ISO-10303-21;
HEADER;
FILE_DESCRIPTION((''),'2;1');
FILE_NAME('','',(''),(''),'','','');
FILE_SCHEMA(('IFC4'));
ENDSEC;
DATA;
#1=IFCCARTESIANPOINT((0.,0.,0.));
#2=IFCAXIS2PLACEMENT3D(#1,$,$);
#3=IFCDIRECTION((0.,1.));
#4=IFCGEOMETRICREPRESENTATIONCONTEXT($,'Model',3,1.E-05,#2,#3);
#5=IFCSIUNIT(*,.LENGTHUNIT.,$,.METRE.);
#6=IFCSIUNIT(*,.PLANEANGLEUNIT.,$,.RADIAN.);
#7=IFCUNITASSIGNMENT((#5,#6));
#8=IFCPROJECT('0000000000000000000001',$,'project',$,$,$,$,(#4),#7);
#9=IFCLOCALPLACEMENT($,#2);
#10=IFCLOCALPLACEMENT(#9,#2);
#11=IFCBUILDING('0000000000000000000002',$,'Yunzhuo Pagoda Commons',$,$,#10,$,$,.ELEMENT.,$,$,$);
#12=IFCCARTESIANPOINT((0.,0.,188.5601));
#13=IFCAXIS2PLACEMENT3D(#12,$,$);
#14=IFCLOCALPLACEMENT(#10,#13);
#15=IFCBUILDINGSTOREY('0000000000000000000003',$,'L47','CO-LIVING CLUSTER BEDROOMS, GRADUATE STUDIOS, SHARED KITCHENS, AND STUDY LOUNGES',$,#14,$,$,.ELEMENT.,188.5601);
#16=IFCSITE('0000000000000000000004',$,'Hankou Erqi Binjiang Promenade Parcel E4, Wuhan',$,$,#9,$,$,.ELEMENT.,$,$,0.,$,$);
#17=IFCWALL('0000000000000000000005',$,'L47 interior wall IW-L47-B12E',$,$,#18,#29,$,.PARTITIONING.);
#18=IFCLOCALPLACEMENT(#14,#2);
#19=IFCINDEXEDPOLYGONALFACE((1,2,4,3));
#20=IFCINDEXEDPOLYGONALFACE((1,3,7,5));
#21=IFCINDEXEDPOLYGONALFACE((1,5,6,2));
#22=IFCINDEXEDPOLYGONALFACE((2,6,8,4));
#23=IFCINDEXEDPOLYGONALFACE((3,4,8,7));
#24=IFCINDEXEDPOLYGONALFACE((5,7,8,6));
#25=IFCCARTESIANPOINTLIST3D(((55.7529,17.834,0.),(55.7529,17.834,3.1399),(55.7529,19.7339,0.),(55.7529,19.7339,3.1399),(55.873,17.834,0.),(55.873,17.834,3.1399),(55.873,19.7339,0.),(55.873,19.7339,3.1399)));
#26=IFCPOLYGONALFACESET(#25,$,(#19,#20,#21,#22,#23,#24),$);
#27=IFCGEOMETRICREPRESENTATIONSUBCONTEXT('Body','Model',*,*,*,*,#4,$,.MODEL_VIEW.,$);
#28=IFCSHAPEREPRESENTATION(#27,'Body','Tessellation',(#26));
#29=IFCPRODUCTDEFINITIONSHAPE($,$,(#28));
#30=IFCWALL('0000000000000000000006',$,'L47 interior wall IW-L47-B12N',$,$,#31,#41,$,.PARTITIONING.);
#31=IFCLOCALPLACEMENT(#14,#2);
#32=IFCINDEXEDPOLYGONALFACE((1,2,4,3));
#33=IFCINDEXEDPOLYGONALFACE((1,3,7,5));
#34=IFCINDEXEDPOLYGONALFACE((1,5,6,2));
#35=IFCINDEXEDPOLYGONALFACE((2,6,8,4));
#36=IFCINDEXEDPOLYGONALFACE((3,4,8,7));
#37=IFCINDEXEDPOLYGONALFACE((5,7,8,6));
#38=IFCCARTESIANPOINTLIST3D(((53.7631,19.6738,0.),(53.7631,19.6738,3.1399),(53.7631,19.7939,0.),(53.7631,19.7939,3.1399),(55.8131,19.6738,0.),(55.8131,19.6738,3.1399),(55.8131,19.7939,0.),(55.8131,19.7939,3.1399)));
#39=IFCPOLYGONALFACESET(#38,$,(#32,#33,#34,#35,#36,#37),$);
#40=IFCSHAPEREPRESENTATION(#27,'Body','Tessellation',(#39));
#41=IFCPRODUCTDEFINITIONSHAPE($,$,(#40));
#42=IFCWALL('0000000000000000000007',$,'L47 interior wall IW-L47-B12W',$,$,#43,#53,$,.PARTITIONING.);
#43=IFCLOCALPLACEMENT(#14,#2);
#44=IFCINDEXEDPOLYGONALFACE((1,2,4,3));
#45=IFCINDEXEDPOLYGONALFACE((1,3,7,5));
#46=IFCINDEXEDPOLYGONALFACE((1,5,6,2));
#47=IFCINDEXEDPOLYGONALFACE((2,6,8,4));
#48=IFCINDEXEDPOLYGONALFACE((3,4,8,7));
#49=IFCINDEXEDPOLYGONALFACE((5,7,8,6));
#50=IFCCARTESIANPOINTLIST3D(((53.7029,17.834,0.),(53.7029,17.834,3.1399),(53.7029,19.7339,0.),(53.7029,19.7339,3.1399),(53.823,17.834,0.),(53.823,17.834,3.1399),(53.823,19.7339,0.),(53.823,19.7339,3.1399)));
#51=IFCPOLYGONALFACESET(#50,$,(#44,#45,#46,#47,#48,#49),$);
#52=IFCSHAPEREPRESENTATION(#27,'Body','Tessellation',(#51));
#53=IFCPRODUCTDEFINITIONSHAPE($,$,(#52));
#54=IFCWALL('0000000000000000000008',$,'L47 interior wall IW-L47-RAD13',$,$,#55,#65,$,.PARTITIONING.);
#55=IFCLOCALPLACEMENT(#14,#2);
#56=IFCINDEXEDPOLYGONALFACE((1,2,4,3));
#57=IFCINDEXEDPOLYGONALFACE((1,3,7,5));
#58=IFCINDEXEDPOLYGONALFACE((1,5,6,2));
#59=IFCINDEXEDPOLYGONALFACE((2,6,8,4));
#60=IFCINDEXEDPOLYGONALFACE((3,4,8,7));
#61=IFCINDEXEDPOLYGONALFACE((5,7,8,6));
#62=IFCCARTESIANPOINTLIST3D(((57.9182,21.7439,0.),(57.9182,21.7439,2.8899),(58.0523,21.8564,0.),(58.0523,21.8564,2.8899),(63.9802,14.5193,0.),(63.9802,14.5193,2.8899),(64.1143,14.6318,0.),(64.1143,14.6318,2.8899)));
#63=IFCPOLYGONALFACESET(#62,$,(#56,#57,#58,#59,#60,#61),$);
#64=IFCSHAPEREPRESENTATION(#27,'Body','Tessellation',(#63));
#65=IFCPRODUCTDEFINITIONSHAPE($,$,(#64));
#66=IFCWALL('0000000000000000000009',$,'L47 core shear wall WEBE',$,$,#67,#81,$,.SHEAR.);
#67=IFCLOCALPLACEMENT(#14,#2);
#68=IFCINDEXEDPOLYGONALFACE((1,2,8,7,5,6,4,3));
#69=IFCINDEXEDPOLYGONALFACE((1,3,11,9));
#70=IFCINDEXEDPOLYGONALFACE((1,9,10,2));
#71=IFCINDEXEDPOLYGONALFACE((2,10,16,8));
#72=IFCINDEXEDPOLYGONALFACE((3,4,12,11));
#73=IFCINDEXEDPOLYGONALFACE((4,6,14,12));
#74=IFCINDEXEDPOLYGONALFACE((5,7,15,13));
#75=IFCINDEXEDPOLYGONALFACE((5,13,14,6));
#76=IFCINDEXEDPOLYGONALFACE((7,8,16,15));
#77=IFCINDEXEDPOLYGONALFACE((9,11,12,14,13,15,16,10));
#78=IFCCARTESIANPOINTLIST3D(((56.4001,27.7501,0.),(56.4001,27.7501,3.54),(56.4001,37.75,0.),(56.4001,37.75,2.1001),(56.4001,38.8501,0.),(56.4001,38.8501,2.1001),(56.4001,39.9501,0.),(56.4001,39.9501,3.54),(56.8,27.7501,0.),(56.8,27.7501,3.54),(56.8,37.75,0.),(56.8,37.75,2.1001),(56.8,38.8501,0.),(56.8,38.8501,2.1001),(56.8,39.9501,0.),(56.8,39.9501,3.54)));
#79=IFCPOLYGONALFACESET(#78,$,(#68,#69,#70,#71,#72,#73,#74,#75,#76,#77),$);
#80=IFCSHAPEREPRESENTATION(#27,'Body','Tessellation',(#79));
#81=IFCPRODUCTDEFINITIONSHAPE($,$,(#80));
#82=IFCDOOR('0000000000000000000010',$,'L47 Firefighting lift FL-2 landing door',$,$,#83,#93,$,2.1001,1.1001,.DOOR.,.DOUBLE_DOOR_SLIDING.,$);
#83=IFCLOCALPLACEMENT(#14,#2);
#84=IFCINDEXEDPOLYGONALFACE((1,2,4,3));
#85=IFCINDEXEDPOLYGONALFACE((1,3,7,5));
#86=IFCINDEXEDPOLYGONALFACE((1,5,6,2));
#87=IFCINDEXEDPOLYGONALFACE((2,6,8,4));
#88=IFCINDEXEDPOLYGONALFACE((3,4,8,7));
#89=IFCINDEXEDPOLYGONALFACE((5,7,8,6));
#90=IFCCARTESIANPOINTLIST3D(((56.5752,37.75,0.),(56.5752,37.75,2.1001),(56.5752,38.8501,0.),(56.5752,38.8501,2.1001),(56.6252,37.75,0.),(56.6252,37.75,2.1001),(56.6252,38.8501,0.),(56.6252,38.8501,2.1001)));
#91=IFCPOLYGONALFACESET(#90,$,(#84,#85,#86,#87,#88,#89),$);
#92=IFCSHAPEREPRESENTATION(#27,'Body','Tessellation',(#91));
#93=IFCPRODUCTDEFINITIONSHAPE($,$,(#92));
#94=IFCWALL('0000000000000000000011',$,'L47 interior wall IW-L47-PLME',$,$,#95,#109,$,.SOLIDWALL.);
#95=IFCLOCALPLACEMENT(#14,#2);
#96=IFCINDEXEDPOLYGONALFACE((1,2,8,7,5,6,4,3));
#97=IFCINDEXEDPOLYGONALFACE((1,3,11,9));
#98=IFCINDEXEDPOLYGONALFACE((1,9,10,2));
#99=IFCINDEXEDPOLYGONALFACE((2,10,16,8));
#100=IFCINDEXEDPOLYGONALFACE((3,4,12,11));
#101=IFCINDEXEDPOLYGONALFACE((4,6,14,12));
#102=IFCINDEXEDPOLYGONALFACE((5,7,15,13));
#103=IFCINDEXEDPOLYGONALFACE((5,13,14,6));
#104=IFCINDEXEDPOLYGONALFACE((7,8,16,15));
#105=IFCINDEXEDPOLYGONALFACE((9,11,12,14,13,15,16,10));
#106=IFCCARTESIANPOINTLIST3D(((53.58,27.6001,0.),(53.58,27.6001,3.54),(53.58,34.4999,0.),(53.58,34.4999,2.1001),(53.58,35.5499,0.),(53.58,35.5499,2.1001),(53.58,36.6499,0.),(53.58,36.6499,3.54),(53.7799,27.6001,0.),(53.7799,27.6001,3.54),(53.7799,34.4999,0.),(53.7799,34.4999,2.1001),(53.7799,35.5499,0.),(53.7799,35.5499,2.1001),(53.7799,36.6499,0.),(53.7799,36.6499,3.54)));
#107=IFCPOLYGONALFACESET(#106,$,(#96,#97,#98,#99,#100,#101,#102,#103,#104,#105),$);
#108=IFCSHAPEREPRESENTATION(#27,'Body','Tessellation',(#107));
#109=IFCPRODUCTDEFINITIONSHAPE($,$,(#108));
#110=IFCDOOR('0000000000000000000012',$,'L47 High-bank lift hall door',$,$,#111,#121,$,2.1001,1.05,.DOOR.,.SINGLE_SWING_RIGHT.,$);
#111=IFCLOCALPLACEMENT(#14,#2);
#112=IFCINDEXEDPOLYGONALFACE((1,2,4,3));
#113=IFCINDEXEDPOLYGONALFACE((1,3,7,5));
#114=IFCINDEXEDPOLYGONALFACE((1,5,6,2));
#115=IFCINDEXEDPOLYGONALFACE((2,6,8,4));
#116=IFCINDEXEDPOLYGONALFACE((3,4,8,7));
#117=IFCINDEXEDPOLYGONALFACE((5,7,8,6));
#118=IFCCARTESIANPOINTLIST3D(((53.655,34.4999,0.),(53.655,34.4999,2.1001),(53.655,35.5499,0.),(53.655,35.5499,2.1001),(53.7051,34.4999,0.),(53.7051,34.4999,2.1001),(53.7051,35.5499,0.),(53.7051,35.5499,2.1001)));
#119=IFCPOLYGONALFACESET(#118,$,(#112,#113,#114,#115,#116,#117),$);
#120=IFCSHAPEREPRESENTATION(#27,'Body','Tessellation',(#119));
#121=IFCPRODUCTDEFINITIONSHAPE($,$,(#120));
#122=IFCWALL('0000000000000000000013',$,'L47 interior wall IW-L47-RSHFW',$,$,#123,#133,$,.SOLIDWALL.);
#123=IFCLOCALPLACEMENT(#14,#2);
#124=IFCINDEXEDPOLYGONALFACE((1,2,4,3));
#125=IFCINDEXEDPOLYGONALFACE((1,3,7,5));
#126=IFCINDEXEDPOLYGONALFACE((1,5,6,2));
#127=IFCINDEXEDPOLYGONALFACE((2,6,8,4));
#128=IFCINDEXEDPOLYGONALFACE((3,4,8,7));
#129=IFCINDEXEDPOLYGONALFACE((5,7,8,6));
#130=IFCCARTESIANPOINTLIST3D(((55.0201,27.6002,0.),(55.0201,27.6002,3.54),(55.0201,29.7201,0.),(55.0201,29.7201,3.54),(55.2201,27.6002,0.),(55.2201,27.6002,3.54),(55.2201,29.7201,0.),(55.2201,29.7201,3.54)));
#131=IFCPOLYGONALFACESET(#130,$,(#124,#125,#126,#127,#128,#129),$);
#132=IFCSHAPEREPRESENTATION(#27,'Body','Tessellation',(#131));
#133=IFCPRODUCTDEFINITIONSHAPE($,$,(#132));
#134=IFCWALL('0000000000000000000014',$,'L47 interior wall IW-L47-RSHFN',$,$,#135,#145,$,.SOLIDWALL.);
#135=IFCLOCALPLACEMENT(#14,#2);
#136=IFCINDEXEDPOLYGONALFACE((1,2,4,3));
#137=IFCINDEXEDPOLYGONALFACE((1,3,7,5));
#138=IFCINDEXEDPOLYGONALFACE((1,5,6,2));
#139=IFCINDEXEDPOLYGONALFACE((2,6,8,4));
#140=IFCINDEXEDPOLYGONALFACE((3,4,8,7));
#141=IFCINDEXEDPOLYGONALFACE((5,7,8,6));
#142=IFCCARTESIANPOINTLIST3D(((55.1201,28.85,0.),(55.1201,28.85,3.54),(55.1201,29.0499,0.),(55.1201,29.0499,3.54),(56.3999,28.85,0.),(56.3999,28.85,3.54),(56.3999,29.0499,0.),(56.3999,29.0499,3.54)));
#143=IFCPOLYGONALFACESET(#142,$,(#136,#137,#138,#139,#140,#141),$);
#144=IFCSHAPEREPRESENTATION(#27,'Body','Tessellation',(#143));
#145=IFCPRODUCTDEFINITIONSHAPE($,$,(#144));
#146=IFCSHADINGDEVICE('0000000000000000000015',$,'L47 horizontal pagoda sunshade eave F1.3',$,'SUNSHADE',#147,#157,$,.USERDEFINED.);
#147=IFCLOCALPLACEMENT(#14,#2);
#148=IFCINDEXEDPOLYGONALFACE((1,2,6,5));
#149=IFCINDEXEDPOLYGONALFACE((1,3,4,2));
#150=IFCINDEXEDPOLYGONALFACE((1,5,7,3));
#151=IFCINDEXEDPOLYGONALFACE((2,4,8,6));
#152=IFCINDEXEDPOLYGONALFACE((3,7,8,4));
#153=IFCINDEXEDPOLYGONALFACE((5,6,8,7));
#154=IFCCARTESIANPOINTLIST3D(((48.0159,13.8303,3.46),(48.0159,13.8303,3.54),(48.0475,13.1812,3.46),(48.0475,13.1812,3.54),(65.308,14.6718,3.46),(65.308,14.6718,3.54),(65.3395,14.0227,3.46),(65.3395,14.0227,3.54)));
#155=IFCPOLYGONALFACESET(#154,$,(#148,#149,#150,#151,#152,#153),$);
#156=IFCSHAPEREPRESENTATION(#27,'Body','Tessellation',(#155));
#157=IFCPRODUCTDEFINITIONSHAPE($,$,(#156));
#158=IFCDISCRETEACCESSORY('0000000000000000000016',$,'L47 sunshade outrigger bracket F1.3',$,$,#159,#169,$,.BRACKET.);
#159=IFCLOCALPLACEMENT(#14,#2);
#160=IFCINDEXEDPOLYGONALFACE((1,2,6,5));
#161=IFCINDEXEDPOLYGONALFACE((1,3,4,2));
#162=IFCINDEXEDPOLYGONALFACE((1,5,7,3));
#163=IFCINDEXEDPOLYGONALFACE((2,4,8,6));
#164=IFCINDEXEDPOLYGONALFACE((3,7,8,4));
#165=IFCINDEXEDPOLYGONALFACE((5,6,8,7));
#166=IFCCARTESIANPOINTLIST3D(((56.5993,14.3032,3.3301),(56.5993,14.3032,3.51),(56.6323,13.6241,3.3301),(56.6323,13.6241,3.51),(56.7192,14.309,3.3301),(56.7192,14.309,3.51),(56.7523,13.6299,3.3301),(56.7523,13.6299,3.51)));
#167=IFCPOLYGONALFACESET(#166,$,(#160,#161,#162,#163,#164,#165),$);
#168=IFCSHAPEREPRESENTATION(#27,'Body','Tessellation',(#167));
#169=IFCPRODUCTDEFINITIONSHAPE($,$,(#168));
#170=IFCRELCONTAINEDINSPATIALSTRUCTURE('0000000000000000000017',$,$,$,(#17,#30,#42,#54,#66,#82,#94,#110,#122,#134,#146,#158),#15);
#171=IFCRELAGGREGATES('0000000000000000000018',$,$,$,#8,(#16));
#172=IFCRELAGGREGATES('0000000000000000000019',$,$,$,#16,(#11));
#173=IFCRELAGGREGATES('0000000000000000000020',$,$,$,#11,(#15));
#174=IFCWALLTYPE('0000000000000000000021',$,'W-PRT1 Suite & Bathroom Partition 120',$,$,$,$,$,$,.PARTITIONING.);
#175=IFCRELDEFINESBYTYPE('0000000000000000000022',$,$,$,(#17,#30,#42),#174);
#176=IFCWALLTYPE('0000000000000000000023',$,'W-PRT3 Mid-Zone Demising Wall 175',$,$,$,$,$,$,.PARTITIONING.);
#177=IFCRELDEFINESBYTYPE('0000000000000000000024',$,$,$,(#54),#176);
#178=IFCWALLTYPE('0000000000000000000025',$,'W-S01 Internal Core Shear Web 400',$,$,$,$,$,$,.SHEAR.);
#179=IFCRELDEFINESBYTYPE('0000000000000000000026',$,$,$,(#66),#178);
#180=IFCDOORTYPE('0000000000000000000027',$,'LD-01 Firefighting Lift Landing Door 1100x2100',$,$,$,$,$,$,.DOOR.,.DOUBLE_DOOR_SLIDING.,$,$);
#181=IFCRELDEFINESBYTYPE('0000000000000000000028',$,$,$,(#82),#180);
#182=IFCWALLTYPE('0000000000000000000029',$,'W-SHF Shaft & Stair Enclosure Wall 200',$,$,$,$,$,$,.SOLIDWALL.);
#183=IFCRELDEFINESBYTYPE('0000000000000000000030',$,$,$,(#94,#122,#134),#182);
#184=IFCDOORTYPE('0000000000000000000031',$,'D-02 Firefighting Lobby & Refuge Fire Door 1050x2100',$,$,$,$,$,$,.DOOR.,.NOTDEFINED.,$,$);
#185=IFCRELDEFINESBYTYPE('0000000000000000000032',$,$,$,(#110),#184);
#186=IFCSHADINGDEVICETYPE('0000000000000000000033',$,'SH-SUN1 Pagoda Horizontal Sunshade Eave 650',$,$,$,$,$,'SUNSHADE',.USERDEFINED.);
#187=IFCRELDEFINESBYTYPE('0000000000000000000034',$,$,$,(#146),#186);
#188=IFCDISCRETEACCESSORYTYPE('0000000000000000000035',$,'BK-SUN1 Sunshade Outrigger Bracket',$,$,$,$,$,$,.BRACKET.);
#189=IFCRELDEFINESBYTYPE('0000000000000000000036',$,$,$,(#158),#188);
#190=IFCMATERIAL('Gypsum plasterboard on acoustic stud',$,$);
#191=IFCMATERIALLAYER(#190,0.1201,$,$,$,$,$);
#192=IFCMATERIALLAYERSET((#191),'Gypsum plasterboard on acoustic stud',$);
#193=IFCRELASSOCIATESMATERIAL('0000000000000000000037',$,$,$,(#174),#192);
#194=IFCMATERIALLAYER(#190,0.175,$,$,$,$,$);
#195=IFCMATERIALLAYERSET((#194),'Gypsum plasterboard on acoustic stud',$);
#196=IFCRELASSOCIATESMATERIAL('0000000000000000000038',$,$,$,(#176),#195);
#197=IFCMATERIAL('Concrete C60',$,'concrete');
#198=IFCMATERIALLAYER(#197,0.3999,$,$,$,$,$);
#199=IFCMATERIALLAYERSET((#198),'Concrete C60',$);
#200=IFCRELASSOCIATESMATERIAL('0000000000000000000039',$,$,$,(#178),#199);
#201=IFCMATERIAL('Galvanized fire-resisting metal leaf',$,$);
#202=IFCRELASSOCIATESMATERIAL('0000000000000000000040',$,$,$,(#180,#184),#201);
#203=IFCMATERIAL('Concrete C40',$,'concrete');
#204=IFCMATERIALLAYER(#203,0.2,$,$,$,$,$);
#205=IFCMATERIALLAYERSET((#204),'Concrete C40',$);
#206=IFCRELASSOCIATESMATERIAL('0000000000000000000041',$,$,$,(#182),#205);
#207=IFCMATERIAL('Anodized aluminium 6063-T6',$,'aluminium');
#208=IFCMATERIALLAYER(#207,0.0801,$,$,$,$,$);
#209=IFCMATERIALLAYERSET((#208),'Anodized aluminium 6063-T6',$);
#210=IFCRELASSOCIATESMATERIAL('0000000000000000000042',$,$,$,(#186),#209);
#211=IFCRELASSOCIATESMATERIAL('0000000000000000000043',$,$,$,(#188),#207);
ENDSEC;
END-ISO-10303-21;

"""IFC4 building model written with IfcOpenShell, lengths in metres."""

from ifc_helpers import new_model, si_unit, direction, frame, frame_2d, origin, origin_with_axes, origin_2d, place, context, subcontext, project, spatial, rectangle, extrude, source, transform, mapped, material, layer, layer_set, type_object, element, fill, save


model = new_model("IFC4")

# Units and contexts
model_context = context("Model", 3, precision=1e-05, world=origin(), true_north=direction((0.0, 1.0)))
body_context = subcontext(model_context, "Body", "Model", "MODEL_VIEW")
ifc_project = project(units=[si_unit("LENGTHUNIT", "METRE"), si_unit("PLANEANGLEUNIT", "RADIAN")], contexts=[model_context])

# Site, building, storey
site_placement = place(None, origin())
site = spatial("IfcSite", under=ifc_project, at=site_placement, Name="Hankou Erqi Binjiang Promenade Parcel E4, Wuhan", CompositionType="ELEMENT", RefElevation=0.0)
building_placement = place(site_placement, origin())
building = spatial("IfcBuilding", under=site, at=building_placement, Name="Yunzhuo Pagoda Commons", CompositionType="ELEMENT")
storey_placement = place(building_placement, frame((0.0, 0.0, 188.5601)))
storey = spatial("IfcBuildingStorey", under=building, at=storey_placement, Name="L47", Description="CO-LIVING CLUSTER BEDROOMS, GRADUATE STUDIOS, SHARED KITCHENS, AND STUDY LOUNGES", CompositionType="ELEMENT", Elevation=188.5601)

# Shared definitions
ifc_material_1 = material(Name="Anodized aluminium 6063-T6", Category="aluminium")

# Shared definitions
ifc_material_2 = material(Name="Gypsum plasterboard on acoustic stud")
ifc_material_3 = material(Name="Galvanized fire-resisting metal leaf")

# Shared definitions
ifc_layer_1 = layer(ifc_material_2, 0.1201)
ifc_layer_set_1 = layer_set([ifc_layer_1], Name="Gypsum plasterboard on acoustic stud")
wall_type_1 = type_object("IfcWallType", Name="W-PRT1 Suite & Bathroom Partition 120", PredefinedType="PARTITIONING", material=ifc_layer_set_1)

# Walls
wall_1_placement = place(storey_placement, frame((55.813, 17.834, 0.0), z_axis=(0.0, 0.0, 1.0), x_axis=(0.0, 1.0, 0.0)))
element("IfcWall", 1, at=wall_1_placement, inside=storey, type_object=wall_type_1, Name="L47 interior wall IW-L47-B12E", PredefinedType="PARTITIONING", context=body_context, shape_type="SweptSolid", body=[
    extrude(rectangle(XDim=1.8999, YDim=0.1201, at=frame_2d((0.95, 0.0))), origin(), (0.0, 0.0, 1.0), 3.1399),
])
wall_2_placement = place(storey_placement, frame((55.813, 19.7339, 0.0), z_axis=(0.0, 0.0, 1.0), x_axis=(-1.0, 0.0, 0.0)))
element("IfcWall", 2, at=wall_2_placement, inside=storey, type_object=wall_type_1, Name="L47 interior wall IW-L47-B12N", PredefinedType="PARTITIONING", context=body_context, shape_type="SweptSolid", body=[
    extrude(rectangle(XDim=2.05, YDim=0.1201, at=frame_2d((1.0249, 0.0))), origin(), (0.0, 0.0, 1.0), 3.1399),
])
wall_3_placement = place(storey_placement, frame((53.7629, 19.7339, 0.0), z_axis=(0.0, 0.0, 1.0), x_axis=(0.0, -1.0, 0.0)))
element("IfcWall", 3, at=wall_3_placement, inside=storey, type_object=wall_type_1, Name="L47 interior wall IW-L47-B12W", PredefinedType="PARTITIONING", context=body_context, shape_type="SweptSolid", body=[
    extrude(rectangle(XDim=1.8999, YDim=0.1201, at=frame_2d((0.95, 0.0))), origin(), (0.0, 0.0, 1.0), 3.1399),
])
ifc_layer_2 = layer(ifc_material_2, 0.175)
ifc_layer_set_2 = layer_set([ifc_layer_2], Name="Gypsum plasterboard on acoustic stud")
wall_type_2 = type_object("IfcWallType", Name="W-PRT3 Mid-Zone Demising Wall 175", PredefinedType="PARTITIONING", material=ifc_layer_set_2)
wall_4_placement = place(storey_placement, frame((57.9854, 21.8, 0.0), z_axis=(0.0, 0.0, 1.0), x_axis=(0.642778, -0.766053, 0.0)))
element("IfcWall", 4, at=wall_4_placement, inside=storey, type_object=wall_type_2, Name="L47 interior wall IW-L47-RAD13", PredefinedType="PARTITIONING", context=body_context, shape_type="SweptSolid", body=[
    extrude(rectangle(XDim=9.4309, YDim=0.175, at=frame_2d((4.7153, 0.0))), origin(), (0.0, 0.0, 1.0), 2.8899),
])

# Walls, openings, doors
ifc_material_4 = material(Name="Concrete C60", Category="concrete")
ifc_layer_3 = layer(ifc_material_4, 0.3999)
ifc_layer_set_3 = layer_set([ifc_layer_3], Name="Concrete C60")
wall_type_3 = type_object("IfcWallType", Name="W-S01 Internal Core Shear Web 400", PredefinedType="SHEAR", material=ifc_layer_set_3)
wall_5_placement = place(storey_placement, frame((56.6001, 27.75, 0.0), z_axis=(0.0, 0.0, 1.0), x_axis=(0.0, 1.0, 0.0)))
wall_5 = element("IfcWall", 5, at=wall_5_placement, inside=storey, type_object=wall_type_3, Name="L47 core shear wall WEBE", PredefinedType="SHEAR", context=body_context, shape_type="SweptSolid", body=[
    extrude(rectangle(XDim=12.2, YDim=0.3999, at=frame_2d((6.1001, 0.0))), origin(), (0.0, 0.0, 1.0), 3.54),
])
opening_1_placement = place(wall_5_placement, frame((10.0, 0.0, 0.0)))
opening_1 = element("IfcOpeningElement", 6, at=opening_1_placement, cuts=wall_5, PredefinedType="OPENING", context=body_context, shape_type="SweptSolid", body=[
    extrude(rectangle(XDim=1.1001, YDim=2.1001, at=frame_2d((0.55, 1.05))), frame((0.0, 0.21, 0.0), z_axis=(0.0, -1.0, 0.0), x_axis=(1.0, 0.0, 0.0)), (0.0, 0.0, 1.0), 0.4199),
])
door_type_1 = type_object("IfcDoorType", Name="LD-01 Firefighting Lift Landing Door 1100x2100", OperationType="DOUBLE_DOOR_SLIDING", PredefinedType="DOOR", material=ifc_material_3)
shared_shape_1 = source(origin(), body_context, "Body", "SweptSolid", [
    extrude(rectangle(XDim=1.1001, YDim=2.1001, at=frame_2d((0.55, 1.05))), frame((0.0, 0.0249, 0.0), z_axis=(0.0, -1.0, 0.0), x_axis=(1.0, 0.0, 0.0)), (0.0, 0.0, 1.0), 0.05),
])
door_1_placement = place(opening_1_placement, origin_with_axes())
door_1 = element("IfcDoor", 7, at=door_1_placement, inside=storey, type_object=door_type_1, Name="L47 Firefighting lift FL-2 landing door", OperationType="DOUBLE_DOOR_SLIDING", OverallHeight=2.1001, OverallWidth=1.1001, PredefinedType="DOOR", context=body_context, shape_type="MappedRepresentation", body=[
    mapped(shared_shape_1, transform((0.0, 0.0, 0.0), scale=1.0)),
])
fill(opening_1, door_1)
ifc_material_5 = material(Name="Concrete C40", Category="concrete")
ifc_layer_4 = layer(ifc_material_5, 0.2)
ifc_layer_set_4 = layer_set([ifc_layer_4], Name="Concrete C40")
wall_type_4 = type_object("IfcWallType", Name="W-SHF Shaft & Stair Enclosure Wall 200", PredefinedType="SOLIDWALL", material=ifc_layer_set_4)
wall_6_placement = place(storey_placement, frame((53.6799, 27.6001, 0.0), z_axis=(0.0, 0.0, 1.0), x_axis=(0.0, 1.0, 0.0)))
wall_6 = element("IfcWall", 8, at=wall_6_placement, inside=storey, type_object=wall_type_4, Name="L47 interior wall IW-L47-PLME", PredefinedType="SOLIDWALL", context=body_context, shape_type="SweptSolid", body=[
    extrude(rectangle(XDim=9.0498, YDim=0.2, at=frame_2d((4.5249, 0.0))), origin(), (0.0, 0.0, 1.0), 3.54),
])
opening_2_placement = place(wall_6_placement, frame((6.8999, 0.0, 0.0)))
opening_2 = element("IfcOpeningElement", 9, at=opening_2_placement, cuts=wall_6, PredefinedType="OPENING", context=body_context, shape_type="SweptSolid", body=[
    extrude(rectangle(XDim=1.05, YDim=2.1001, at=frame_2d((0.5249, 1.05))), frame((0.0, 0.1099, 0.0), z_axis=(0.0, -1.0, 0.0), x_axis=(1.0, 0.0, 0.0)), (0.0, 0.0, 1.0), 0.22),
])
door_type_2 = type_object("IfcDoorType", Name="D-02 Firefighting Lobby & Refuge Fire Door 1050x2100", OperationType="NOTDEFINED", PredefinedType="DOOR", material=ifc_material_3)
shared_shape_2 = source(origin(), body_context, "Body", "SweptSolid", [
    extrude(rectangle(XDim=1.05, YDim=2.1001, at=frame_2d((0.5249, 1.05))), frame((0.0, 0.0249, 0.0), z_axis=(0.0, -1.0, 0.0), x_axis=(1.0, 0.0, 0.0)), (0.0, 0.0, 1.0), 0.05),
])
door_2_placement = place(opening_2_placement, origin_with_axes())
door_2 = element("IfcDoor", 10, at=door_2_placement, inside=storey, type_object=door_type_2, Name="L47 High-bank lift hall door", OperationType="SINGLE_SWING_RIGHT", OverallHeight=2.1001, OverallWidth=1.05, PredefinedType="DOOR", context=body_context, shape_type="MappedRepresentation", body=[
    mapped(shared_shape_2, transform((0.0, 0.0, 0.0), scale=1.0)),
])
fill(opening_2, door_2)

# Walls
wall_7_placement = place(storey_placement, frame((55.1201, 27.6001, 0.0), z_axis=(0.0, 0.0, 1.0), x_axis=(0.0, 1.0, 0.0)))
element("IfcWall", 11, at=wall_7_placement, inside=storey, type_object=wall_type_4, Name="L47 interior wall IW-L47-RSHFW", PredefinedType="SOLIDWALL", context=body_context, shape_type="SweptSolid", body=[
    extrude(rectangle(XDim=2.1199, YDim=0.2, at=frame_2d((1.0601, 0.0))), origin(), (0.0, 0.0, 1.0), 3.54),
])
wall_8_placement = place(storey_placement, frame((55.1201, 28.95, 0.0), z_axis=(0.0, 0.0, 1.0), x_axis=(1.0, 0.0, 0.0)))
element("IfcWall", 12, at=wall_8_placement, inside=storey, type_object=wall_type_4, Name="L47 interior wall IW-L47-RSHFN", PredefinedType="SOLIDWALL", context=body_context, shape_type="SweptSolid", body=[
    extrude(rectangle(XDim=1.2798, YDim=0.2, at=frame_2d((0.6399, 0.0))), origin(), (0.0, 0.0, 1.0), 3.54),
])

# Shading device
ifc_layer_5 = layer(ifc_material_1, 0.0801)
ifc_layer_set_5 = layer_set([ifc_layer_5], Name="Anodized aluminium 6063-T6")
shading_device_type = type_object("IfcShadingDeviceType", Name="SH-SUN1 Pagoda Horizontal Sunshade Eave 650", ElementType="SUNSHADE", PredefinedType="USERDEFINED", material=ifc_layer_set_5)
shared_shape_3 = source(origin(), body_context, "Body", "SweptSolid", [
    extrude(rectangle(XDim=17.3125, YDim=0.6499, at=origin_2d()), origin(), (0.0, 0.0, 1.0), 0.0801),
])
shading_device_placement = place(storey_placement, frame((56.6777, 13.9265, 3.46), z_axis=(0.0, 0.0, 1.0), x_axis=(0.998818, 0.048606, 0.0)))
element("IfcShadingDevice", 13, at=shading_device_placement, inside=storey, type_object=shading_device_type, Name="L47 horizontal pagoda sunshade eave F1.3", ObjectType="SUNSHADE", PredefinedType="USERDEFINED", context=body_context, shape_type="MappedRepresentation", body=[
    mapped(shared_shape_3, transform((0.0, 0.0, 0.0), scale=1.0)),
])

# Discrete accessory
discrete_accessory_type = type_object("IfcDiscreteAccessoryType", Name="BK-SUN1 Sunshade Outrigger Bracket", PredefinedType="BRACKET", material=ifc_material_1)
shared_shape_4 = source(origin(), body_context, "Body", "SweptSolid", [
    extrude(rectangle(XDim=0.1201, YDim=0.6799, at=origin_2d()), origin(), (0.0, 0.0, 1.0), 0.1799),
])
discrete_accessory_placement = place(storey_placement, frame((56.6758, 13.9666, 3.3301), z_axis=(0.0, 0.0, 1.0), x_axis=(0.998818, 0.048606, 0.0)))
element("IfcDiscreteAccessory", 14, at=discrete_accessory_placement, inside=storey, type_object=discrete_accessory_type, Name="L47 sunshade outrigger bracket F1.3", PredefinedType="BRACKET", context=body_context, shape_type="MappedRepresentation", body=[
    mapped(shared_shape_4, transform((0.0, 0.0, 0.0), scale=1.0)),
])

save(model, "model.ifc")
